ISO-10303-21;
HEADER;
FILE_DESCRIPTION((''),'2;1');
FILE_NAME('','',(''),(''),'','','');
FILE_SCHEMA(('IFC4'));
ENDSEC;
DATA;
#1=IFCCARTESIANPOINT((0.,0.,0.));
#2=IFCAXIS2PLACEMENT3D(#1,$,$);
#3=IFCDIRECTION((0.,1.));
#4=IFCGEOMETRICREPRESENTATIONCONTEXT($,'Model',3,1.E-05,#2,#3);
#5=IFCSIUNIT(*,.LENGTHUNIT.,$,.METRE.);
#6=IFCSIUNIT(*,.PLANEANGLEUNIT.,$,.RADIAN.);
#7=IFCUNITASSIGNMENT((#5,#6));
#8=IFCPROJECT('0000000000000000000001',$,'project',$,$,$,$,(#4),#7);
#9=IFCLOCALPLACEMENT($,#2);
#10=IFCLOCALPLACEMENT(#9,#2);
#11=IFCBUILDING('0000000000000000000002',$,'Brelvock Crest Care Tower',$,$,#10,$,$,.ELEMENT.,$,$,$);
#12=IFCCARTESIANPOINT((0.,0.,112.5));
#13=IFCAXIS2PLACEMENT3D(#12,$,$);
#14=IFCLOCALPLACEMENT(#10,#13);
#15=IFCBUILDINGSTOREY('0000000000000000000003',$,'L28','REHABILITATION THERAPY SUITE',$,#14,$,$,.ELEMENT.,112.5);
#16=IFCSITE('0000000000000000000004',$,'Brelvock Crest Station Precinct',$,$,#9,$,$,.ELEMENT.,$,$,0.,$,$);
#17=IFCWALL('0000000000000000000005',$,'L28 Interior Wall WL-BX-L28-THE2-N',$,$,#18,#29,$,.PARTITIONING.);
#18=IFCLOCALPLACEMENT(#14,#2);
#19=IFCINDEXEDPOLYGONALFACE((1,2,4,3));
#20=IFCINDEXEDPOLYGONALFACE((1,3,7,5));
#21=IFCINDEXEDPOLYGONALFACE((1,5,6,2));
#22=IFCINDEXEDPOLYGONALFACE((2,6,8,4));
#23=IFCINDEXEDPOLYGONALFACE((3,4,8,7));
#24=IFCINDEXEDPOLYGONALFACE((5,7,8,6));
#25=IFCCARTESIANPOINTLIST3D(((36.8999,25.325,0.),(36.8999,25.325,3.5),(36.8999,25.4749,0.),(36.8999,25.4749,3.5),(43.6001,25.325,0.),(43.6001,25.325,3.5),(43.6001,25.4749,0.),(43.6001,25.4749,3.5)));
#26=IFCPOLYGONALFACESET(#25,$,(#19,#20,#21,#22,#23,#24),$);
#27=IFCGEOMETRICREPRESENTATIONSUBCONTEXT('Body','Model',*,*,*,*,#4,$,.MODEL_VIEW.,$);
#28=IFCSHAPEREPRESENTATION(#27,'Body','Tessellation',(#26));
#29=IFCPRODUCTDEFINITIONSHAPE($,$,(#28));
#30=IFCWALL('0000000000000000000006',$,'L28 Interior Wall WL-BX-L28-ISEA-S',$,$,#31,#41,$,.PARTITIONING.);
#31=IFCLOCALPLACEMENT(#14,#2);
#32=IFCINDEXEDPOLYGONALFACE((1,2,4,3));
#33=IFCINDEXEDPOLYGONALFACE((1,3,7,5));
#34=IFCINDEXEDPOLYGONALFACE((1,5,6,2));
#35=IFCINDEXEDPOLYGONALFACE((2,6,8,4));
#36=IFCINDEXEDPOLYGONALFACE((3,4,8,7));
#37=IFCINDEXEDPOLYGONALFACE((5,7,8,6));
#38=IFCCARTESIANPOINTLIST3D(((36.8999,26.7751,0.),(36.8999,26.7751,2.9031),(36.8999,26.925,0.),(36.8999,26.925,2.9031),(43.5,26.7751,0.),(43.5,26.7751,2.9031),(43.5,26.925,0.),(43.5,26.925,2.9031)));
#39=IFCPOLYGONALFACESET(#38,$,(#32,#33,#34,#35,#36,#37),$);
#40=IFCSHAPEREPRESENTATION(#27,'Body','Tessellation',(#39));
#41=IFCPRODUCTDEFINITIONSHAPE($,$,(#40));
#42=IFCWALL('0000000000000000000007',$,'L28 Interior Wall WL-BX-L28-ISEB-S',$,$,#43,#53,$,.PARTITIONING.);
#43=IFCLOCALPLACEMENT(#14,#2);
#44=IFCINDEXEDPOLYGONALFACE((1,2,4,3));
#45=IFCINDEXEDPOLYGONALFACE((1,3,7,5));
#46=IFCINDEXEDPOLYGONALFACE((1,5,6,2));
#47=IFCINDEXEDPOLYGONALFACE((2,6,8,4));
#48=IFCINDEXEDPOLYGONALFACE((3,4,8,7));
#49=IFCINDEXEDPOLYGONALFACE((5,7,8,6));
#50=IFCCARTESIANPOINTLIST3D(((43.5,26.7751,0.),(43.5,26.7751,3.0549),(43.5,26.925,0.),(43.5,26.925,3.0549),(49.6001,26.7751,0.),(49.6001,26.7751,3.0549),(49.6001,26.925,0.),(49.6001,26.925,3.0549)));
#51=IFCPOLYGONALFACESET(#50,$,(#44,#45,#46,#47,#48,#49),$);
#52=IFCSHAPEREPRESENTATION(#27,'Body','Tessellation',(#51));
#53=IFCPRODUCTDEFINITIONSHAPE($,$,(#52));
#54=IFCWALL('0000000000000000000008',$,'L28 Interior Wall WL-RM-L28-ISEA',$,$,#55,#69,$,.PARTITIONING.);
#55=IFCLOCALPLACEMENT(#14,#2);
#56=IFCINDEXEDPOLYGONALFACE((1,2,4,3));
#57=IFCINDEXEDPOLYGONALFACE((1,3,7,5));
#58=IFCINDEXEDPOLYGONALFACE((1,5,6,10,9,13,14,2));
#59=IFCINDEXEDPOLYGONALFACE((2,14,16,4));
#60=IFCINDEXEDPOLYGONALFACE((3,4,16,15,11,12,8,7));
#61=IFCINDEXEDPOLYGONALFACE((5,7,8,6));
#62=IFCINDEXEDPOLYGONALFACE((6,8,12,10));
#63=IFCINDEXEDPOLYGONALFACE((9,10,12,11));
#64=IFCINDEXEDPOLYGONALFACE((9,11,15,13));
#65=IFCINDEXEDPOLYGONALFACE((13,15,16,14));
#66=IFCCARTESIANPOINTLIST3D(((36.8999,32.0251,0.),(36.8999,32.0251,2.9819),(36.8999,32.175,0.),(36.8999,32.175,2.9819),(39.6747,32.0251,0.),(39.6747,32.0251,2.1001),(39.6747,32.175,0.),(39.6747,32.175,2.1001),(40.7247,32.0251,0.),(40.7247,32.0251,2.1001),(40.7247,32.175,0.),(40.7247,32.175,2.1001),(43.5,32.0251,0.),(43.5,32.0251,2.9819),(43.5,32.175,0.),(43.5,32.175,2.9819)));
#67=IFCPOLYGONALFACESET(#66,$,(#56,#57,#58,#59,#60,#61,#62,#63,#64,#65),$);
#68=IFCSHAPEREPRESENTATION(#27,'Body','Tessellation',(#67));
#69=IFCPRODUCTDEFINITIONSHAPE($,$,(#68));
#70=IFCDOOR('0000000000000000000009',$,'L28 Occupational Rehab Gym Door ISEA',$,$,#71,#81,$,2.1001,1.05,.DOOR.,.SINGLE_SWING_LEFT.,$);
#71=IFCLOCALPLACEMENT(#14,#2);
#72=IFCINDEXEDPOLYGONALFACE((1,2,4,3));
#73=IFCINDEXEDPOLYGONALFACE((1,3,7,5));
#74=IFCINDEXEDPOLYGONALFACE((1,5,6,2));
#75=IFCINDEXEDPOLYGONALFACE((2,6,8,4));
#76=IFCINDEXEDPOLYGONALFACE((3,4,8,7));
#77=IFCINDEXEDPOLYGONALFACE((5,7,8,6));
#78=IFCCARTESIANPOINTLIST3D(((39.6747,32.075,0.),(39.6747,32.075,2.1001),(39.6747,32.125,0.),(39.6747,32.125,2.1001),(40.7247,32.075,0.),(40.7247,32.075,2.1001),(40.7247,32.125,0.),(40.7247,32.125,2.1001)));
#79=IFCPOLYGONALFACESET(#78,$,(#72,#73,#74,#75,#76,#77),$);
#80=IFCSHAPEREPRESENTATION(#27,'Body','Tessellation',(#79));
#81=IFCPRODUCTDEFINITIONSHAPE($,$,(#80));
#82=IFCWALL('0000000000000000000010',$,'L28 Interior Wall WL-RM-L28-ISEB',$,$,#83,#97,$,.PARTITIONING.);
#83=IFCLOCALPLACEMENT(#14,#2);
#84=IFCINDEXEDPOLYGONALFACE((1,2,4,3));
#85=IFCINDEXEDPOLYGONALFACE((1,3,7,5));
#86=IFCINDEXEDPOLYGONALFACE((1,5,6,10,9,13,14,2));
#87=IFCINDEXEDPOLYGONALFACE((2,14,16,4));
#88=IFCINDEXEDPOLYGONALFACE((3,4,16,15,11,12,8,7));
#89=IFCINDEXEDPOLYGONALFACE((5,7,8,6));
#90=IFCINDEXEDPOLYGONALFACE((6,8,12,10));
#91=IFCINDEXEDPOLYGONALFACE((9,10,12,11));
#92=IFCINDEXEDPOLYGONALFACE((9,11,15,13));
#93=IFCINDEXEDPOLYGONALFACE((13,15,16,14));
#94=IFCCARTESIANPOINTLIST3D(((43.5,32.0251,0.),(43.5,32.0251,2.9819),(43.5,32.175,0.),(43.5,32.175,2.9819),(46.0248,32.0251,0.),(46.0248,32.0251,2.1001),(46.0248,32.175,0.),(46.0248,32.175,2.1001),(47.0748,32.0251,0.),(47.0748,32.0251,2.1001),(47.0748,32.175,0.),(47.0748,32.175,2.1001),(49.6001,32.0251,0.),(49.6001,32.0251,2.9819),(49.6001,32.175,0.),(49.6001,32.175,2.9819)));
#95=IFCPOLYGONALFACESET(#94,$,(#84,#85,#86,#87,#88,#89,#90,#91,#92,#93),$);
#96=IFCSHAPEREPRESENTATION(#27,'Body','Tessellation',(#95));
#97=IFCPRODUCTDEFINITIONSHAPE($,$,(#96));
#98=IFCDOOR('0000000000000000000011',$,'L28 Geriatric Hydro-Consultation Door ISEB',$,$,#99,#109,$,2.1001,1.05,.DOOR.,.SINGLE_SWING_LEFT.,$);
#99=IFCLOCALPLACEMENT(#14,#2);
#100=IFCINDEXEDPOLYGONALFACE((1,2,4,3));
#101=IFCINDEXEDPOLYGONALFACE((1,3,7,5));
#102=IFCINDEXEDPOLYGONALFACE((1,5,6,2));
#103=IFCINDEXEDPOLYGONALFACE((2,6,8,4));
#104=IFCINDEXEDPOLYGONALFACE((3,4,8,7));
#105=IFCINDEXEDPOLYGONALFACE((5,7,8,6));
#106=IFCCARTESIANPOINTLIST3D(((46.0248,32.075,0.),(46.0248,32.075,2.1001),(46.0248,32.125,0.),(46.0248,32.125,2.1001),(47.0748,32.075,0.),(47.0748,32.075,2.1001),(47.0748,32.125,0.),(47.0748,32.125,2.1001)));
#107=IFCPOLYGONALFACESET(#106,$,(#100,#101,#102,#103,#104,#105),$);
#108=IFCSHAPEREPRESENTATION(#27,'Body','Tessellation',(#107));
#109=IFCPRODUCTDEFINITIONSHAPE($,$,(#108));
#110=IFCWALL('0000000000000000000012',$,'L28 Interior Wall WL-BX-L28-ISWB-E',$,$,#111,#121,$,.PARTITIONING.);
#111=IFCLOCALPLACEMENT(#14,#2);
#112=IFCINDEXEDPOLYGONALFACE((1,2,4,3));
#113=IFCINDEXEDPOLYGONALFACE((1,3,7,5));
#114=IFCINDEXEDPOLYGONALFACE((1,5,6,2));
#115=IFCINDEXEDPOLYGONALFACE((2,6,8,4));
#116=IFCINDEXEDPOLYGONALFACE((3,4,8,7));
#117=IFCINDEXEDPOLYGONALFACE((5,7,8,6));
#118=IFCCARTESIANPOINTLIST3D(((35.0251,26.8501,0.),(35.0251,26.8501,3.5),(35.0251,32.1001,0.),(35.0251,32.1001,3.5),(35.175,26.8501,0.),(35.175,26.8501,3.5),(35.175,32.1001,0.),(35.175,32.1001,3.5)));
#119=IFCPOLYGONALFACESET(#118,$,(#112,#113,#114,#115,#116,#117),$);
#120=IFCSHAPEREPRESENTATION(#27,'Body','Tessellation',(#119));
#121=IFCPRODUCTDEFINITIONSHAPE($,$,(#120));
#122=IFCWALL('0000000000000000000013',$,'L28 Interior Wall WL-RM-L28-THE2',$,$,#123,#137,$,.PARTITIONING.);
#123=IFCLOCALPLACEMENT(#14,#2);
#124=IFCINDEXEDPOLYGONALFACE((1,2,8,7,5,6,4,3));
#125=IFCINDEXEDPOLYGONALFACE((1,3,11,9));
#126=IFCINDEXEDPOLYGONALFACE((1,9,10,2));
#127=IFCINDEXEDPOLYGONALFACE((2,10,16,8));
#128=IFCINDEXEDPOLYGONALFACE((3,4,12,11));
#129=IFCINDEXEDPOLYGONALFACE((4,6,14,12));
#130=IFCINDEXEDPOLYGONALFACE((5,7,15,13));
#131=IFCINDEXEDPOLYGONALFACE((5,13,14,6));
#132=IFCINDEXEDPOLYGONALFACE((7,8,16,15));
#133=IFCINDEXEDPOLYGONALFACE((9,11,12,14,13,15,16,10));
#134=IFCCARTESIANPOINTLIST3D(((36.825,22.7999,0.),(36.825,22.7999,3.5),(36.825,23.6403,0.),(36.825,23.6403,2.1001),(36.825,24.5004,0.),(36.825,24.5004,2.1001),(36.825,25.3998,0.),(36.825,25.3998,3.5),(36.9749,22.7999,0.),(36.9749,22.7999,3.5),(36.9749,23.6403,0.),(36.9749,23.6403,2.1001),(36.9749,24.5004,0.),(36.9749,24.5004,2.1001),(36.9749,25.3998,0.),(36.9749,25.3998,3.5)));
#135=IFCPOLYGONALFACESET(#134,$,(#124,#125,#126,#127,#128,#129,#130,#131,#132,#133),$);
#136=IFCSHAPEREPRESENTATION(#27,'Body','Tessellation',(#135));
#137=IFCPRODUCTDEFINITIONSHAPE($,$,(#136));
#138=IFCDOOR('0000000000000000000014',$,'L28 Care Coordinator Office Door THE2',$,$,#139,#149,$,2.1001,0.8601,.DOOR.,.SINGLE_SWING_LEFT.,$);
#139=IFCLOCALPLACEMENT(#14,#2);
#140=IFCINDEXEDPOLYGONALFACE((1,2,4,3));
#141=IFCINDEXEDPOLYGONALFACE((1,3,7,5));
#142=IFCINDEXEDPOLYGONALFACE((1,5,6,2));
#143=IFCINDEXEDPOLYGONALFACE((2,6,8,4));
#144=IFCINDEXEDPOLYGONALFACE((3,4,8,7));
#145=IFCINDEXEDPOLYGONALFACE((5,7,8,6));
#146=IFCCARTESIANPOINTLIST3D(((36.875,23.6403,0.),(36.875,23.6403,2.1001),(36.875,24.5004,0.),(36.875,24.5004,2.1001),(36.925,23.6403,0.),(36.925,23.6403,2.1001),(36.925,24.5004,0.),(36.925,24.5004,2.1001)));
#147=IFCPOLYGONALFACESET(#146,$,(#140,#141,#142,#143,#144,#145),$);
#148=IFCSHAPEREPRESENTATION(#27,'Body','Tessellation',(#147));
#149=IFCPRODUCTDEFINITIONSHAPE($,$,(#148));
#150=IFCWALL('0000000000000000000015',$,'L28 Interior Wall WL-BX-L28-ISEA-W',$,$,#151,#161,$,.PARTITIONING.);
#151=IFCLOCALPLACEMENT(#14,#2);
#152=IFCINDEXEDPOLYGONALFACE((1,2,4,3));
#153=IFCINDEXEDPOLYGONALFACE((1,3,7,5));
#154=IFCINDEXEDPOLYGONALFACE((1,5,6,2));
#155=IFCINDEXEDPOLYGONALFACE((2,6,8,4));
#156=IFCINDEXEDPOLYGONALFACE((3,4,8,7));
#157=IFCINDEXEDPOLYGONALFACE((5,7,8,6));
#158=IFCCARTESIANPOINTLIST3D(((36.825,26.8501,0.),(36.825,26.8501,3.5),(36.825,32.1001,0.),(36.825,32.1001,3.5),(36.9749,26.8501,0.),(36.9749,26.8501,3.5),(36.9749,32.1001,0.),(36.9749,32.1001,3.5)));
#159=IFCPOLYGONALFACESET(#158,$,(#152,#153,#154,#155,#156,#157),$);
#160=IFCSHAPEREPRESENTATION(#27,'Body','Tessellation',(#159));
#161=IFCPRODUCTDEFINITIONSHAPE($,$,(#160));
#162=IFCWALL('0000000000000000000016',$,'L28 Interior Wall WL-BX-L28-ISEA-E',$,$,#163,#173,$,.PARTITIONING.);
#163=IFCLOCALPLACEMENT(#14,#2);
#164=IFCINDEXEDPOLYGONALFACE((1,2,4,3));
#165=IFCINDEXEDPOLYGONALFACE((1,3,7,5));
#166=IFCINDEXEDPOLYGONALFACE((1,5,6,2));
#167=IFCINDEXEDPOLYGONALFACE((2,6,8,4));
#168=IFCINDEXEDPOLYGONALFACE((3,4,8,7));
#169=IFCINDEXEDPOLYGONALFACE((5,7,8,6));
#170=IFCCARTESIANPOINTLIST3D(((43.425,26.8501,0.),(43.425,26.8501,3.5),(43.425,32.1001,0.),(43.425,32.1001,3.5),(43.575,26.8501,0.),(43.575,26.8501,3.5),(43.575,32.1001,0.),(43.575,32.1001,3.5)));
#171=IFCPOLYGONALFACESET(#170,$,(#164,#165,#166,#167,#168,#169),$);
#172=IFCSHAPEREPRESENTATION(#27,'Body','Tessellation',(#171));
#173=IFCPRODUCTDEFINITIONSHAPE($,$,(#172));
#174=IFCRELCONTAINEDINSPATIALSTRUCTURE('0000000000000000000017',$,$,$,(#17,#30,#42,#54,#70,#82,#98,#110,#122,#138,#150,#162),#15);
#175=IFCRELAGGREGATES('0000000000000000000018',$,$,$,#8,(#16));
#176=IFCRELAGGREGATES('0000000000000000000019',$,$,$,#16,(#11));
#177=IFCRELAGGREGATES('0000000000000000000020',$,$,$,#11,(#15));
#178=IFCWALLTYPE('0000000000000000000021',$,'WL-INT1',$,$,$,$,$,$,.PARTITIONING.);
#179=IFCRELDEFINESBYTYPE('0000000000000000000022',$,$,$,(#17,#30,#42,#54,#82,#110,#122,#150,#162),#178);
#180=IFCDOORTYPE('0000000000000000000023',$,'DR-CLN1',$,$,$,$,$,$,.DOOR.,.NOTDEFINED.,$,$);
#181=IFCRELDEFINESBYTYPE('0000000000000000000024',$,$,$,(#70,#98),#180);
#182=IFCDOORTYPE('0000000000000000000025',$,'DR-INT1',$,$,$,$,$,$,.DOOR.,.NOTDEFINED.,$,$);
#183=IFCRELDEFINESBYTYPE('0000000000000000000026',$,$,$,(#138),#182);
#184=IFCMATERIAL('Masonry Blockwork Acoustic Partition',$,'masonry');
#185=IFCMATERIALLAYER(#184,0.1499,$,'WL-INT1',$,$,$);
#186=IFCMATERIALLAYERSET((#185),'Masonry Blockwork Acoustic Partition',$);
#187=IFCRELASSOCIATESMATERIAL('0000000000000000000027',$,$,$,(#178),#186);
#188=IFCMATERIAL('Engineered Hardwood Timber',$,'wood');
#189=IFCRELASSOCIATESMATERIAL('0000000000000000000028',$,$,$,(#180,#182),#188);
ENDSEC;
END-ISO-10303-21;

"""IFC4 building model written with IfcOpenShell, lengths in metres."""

from ifc_helpers import new_model, si_unit, direction, frame, frame_2d, origin, origin_2d, place, context, subcontext, project, spatial, rectangle, extrude, source, transform, mapped, material, layer, layer_set, type_object, element, fill, save


model = new_model("IFC4")

# Units and contexts
model_context = context("Model", 3, precision=1e-05, world=origin(), true_north=direction((0.0, 1.0)))
body_context = subcontext(model_context, "Body", "Model", "MODEL_VIEW")
ifc_project = project(units=[si_unit("LENGTHUNIT", "METRE"), si_unit("PLANEANGLEUNIT", "RADIAN")], contexts=[model_context])

# Site, building, storey
site_placement = place(None, origin())
site = spatial("IfcSite", under=ifc_project, at=site_placement, Name="Brelvock Crest Station Precinct", CompositionType="ELEMENT", RefElevation=0.0)
building_placement = place(site_placement, origin())
building = spatial("IfcBuilding", under=site, at=building_placement, Name="Brelvock Crest Care Tower", CompositionType="ELEMENT")
storey_placement = place(building_placement, frame((0.0, 0.0, 112.5)))
storey = spatial("IfcBuildingStorey", under=building, at=storey_placement, Name="L28", Description="REHABILITATION THERAPY SUITE", CompositionType="ELEMENT", Elevation=112.5)

# Walls
ifc_material_1 = material(Name="Masonry Blockwork Acoustic Partition", Category="masonry")
ifc_layer_1 = layer(ifc_material_1, 0.1499, Name="WL-INT1")
ifc_layer_set_1 = layer_set([ifc_layer_1], Name="Masonry Blockwork Acoustic Partition")
wall_type_1 = type_object("IfcWallType", Name="WL-INT1", PredefinedType="PARTITIONING", material=ifc_layer_set_1)
wall_1_placement = place(storey_placement, frame((36.8999, 25.3999, 0.0), z_axis=(0.0, 0.0, 1.0), x_axis=(1.0, 0.0, 0.0)))
element("IfcWall", 1, at=wall_1_placement, inside=storey, type_object=wall_type_1, Name="L28 Interior Wall WL-BX-L28-THE2-N", PredefinedType="PARTITIONING", context=body_context, shape_type="SweptSolid", body=[
    extrude(rectangle(XDim=6.7002, YDim=0.1499, at=frame_2d((3.3501, 0.0))), origin(), (0.0, 0.0, 1.0), 3.5),
])
wall_2_placement = place(storey_placement, frame((36.8999, 26.8501, 0.0), z_axis=(0.0, 0.0, 1.0), x_axis=(1.0, 0.0, 0.0)))
element("IfcWall", 2, at=wall_2_placement, inside=storey, type_object=wall_type_1, Name="L28 Interior Wall WL-BX-L28-ISEA-S", PredefinedType="PARTITIONING", context=body_context, shape_type="SweptSolid", body=[
    extrude(rectangle(XDim=6.6001, YDim=0.1499, at=frame_2d((3.3, 0.0))), origin(), (0.0, 0.0, 1.0), 2.9031),
])
wall_3_placement = place(storey_placement, frame((43.5, 26.8501, 0.0), z_axis=(0.0, 0.0, 1.0), x_axis=(1.0, 0.0, 0.0)))
element("IfcWall", 3, at=wall_3_placement, inside=storey, type_object=wall_type_1, Name="L28 Interior Wall WL-BX-L28-ISEB-S", PredefinedType="PARTITIONING", context=body_context, shape_type="SweptSolid", body=[
    extrude(rectangle(XDim=6.1001, YDim=0.1499, at=frame_2d((3.05, 0.0))), origin(), (0.0, 0.0, 1.0), 3.0549),
])

# Walls, openings, doors
wall_4_placement = place(storey_placement, frame((36.8999, 32.1001, 0.0), z_axis=(0.0, 0.0, 1.0), x_axis=(1.0, 0.0, 0.0)))
wall_4 = element("IfcWall", 4, at=wall_4_placement, inside=storey, type_object=wall_type_1, Name="L28 Interior Wall WL-RM-L28-ISEA", PredefinedType="PARTITIONING", context=body_context, shape_type="SweptSolid", body=[
    extrude(rectangle(XDim=6.6001, YDim=0.1499, at=frame_2d((3.3, 0.0))), origin(), (0.0, 0.0, 1.0), 2.9819),
])
opening_1_placement = place(wall_4_placement, frame((2.7749, 0.0, 0.0)))
opening_1 = element("IfcOpeningElement", 5, at=opening_1_placement, cuts=wall_4, PredefinedType="OPENING", context=body_context, shape_type="SweptSolid", body=[
    extrude(rectangle(XDim=1.05, YDim=2.1001, at=origin_2d()), frame((0.5249, 0.085, 1.05), z_axis=(0.0, -1.0, 0.0), x_axis=(1.0, 0.0, 0.0)), (0.0, 0.0, 1.0), 0.1699),
])
ifc_material_2 = material(Name="Engineered Hardwood Timber", Category="wood")
door_type_1 = type_object("IfcDoorType", Name="DR-CLN1", OperationType="NOTDEFINED", PredefinedType="DOOR", material=ifc_material_2)
shared_shape_1 = source(origin(), body_context, "Body", "SweptSolid", [
    extrude(rectangle(XDim=1.05, YDim=2.1001, at=origin_2d()), frame((0.5249, 0.0249, 1.05), z_axis=(0.0, -1.0, 0.0), x_axis=(1.0, 0.0, 0.0)), (0.0, 0.0, 1.0), 0.05),
])
door_1_placement = place(opening_1_placement, origin())
door_1 = element("IfcDoor", 6, at=door_1_placement, inside=storey, type_object=door_type_1, Name="L28 Occupational Rehab Gym Door ISEA", OperationType="SINGLE_SWING_LEFT", OverallHeight=2.1001, OverallWidth=1.05, PredefinedType="DOOR", context=body_context, shape_type="MappedRepresentation", body=[
    mapped(shared_shape_1, transform((0.0, 0.0, 0.0), x_axis=(1.0, 0.0, 0.0), y_axis=(0.0, 1.0, 0.0), z_axis=(0.0, 0.0, 1.0), scale=1.0)),
])
fill(opening_1, door_1)
wall_5_placement = place(storey_placement, frame((43.5, 32.1001, 0.0), z_axis=(0.0, 0.0, 1.0), x_axis=(1.0, 0.0, 0.0)))
wall_5 = element("IfcWall", 7, at=wall_5_placement, inside=storey, type_object=wall_type_1, Name="L28 Interior Wall WL-RM-L28-ISEB", PredefinedType="PARTITIONING", context=body_context, shape_type="SweptSolid", body=[
    extrude(rectangle(XDim=6.1001, YDim=0.1499, at=frame_2d((3.05, 0.0))), origin(), (0.0, 0.0, 1.0), 2.9819),
])
opening_2_placement = place(wall_5_placement, frame((2.5249, 0.0, 0.0)))
opening_2 = element("IfcOpeningElement", 8, at=opening_2_placement, cuts=wall_5, PredefinedType="OPENING", context=body_context, shape_type="SweptSolid", body=[
    extrude(rectangle(XDim=1.05, YDim=2.1001, at=origin_2d()), frame((0.5249, 0.085, 1.05), z_axis=(0.0, -1.0, 0.0), x_axis=(1.0, 0.0, 0.0)), (0.0, 0.0, 1.0), 0.1699),
])
door_2_placement = place(opening_2_placement, origin())
door_2 = element("IfcDoor", 9, at=door_2_placement, inside=storey, type_object=door_type_1, Name="L28 Geriatric Hydro-Consultation Door ISEB", OperationType="SINGLE_SWING_LEFT", OverallHeight=2.1001, OverallWidth=1.05, PredefinedType="DOOR", context=body_context, shape_type="MappedRepresentation", body=[
    mapped(shared_shape_1, transform((0.0, 0.0, 0.0), x_axis=(1.0, 0.0, 0.0), y_axis=(0.0, 1.0, 0.0), z_axis=(0.0, 0.0, 1.0), scale=1.0)),
])
fill(opening_2, door_2)

# Wall
wall_6_placement = place(storey_placement, frame((35.1001, 26.8501, 0.0), z_axis=(0.0, 0.0, 1.0), x_axis=(0.0, 1.0, 0.0)))
element("IfcWall", 10, at=wall_6_placement, inside=storey, type_object=wall_type_1, Name="L28 Interior Wall WL-BX-L28-ISWB-E", PredefinedType="PARTITIONING", context=body_context, shape_type="SweptSolid", body=[
    extrude(rectangle(XDim=5.25, YDim=0.1499, at=frame_2d((2.625, 0.0))), origin(), (0.0, 0.0, 1.0), 3.5),
])

# Wall, opening, door
wall_7_placement = place(storey_placement, frame((36.8999, 22.8, 0.0), z_axis=(0.0, 0.0, 1.0), x_axis=(0.0, 1.0, 0.0)))
wall_7 = element("IfcWall", 11, at=wall_7_placement, inside=storey, type_object=wall_type_1, Name="L28 Interior Wall WL-RM-L28-THE2", PredefinedType="PARTITIONING", context=body_context, shape_type="SweptSolid", body=[
    extrude(rectangle(XDim=2.5999, YDim=0.1499, at=frame_2d((1.2998, 0.0))), origin(), (0.0, 0.0, 1.0), 3.5),
])
opening_3_placement = place(wall_7_placement, frame((0.8401, 0.0, 0.0)))
opening_3 = element("IfcOpeningElement", 12, at=opening_3_placement, cuts=wall_7, PredefinedType="OPENING", context=body_context, shape_type="SweptSolid", body=[
    extrude(rectangle(XDim=0.8601, YDim=2.1001, at=origin_2d()), frame((0.4302, 0.085, 1.05), z_axis=(0.0, -1.0, 0.0), x_axis=(1.0, 0.0, 0.0)), (0.0, 0.0, 1.0), 0.1699),
])
door_type_2 = type_object("IfcDoorType", Name="DR-INT1", OperationType="NOTDEFINED", PredefinedType="DOOR", material=ifc_material_2)
shared_shape_2 = source(origin(), body_context, "Body", "SweptSolid", [
    extrude(rectangle(XDim=0.8601, YDim=2.1001, at=origin_2d()), frame((0.4302, 0.0249, 1.05), z_axis=(0.0, -1.0, 0.0), x_axis=(1.0, 0.0, 0.0)), (0.0, 0.0, 1.0), 0.05),
])
door_3_placement = place(opening_3_placement, origin())
door_3 = element("IfcDoor", 13, at=door_3_placement, inside=storey, type_object=door_type_2, Name="L28 Care Coordinator Office Door THE2", OperationType="SINGLE_SWING_LEFT", OverallHeight=2.1001, OverallWidth=0.8601, PredefinedType="DOOR", context=body_context, shape_type="MappedRepresentation", body=[
    mapped(shared_shape_2, transform((0.0, 0.0, 0.0), x_axis=(1.0, 0.0, 0.0), y_axis=(0.0, 1.0, 0.0), z_axis=(0.0, 0.0, 1.0), scale=1.0)),
])
fill(opening_3, door_3)

# Walls
for number, where, z_axis, x_axis, name in (
    (14, (36.8999, 26.8501, 0.0), (0.0, 0.0, 1.0), (0.0, 1.0, 0.0), "L28 Interior Wall WL-BX-L28-ISEA-W"),
    (15, (43.5, 26.8501, 0.0), (0.0, 0.0, 1.0), (0.0, 1.0, 0.0), "L28 Interior Wall WL-BX-L28-ISEA-E"),
):
    element("IfcWall", number, at=place(storey_placement, frame(where, z_axis=z_axis, x_axis=x_axis)), inside=storey, type_object=wall_type_1, Name=name, PredefinedType="PARTITIONING", context=body_context, shape_type="SweptSolid", body=[
        extrude(rectangle(XDim=5.25, YDim=0.1499, at=frame_2d((2.625, 0.0))), origin(), (0.0, 0.0, 1.0), 3.5),
    ])

save(model, "model.ifc")
